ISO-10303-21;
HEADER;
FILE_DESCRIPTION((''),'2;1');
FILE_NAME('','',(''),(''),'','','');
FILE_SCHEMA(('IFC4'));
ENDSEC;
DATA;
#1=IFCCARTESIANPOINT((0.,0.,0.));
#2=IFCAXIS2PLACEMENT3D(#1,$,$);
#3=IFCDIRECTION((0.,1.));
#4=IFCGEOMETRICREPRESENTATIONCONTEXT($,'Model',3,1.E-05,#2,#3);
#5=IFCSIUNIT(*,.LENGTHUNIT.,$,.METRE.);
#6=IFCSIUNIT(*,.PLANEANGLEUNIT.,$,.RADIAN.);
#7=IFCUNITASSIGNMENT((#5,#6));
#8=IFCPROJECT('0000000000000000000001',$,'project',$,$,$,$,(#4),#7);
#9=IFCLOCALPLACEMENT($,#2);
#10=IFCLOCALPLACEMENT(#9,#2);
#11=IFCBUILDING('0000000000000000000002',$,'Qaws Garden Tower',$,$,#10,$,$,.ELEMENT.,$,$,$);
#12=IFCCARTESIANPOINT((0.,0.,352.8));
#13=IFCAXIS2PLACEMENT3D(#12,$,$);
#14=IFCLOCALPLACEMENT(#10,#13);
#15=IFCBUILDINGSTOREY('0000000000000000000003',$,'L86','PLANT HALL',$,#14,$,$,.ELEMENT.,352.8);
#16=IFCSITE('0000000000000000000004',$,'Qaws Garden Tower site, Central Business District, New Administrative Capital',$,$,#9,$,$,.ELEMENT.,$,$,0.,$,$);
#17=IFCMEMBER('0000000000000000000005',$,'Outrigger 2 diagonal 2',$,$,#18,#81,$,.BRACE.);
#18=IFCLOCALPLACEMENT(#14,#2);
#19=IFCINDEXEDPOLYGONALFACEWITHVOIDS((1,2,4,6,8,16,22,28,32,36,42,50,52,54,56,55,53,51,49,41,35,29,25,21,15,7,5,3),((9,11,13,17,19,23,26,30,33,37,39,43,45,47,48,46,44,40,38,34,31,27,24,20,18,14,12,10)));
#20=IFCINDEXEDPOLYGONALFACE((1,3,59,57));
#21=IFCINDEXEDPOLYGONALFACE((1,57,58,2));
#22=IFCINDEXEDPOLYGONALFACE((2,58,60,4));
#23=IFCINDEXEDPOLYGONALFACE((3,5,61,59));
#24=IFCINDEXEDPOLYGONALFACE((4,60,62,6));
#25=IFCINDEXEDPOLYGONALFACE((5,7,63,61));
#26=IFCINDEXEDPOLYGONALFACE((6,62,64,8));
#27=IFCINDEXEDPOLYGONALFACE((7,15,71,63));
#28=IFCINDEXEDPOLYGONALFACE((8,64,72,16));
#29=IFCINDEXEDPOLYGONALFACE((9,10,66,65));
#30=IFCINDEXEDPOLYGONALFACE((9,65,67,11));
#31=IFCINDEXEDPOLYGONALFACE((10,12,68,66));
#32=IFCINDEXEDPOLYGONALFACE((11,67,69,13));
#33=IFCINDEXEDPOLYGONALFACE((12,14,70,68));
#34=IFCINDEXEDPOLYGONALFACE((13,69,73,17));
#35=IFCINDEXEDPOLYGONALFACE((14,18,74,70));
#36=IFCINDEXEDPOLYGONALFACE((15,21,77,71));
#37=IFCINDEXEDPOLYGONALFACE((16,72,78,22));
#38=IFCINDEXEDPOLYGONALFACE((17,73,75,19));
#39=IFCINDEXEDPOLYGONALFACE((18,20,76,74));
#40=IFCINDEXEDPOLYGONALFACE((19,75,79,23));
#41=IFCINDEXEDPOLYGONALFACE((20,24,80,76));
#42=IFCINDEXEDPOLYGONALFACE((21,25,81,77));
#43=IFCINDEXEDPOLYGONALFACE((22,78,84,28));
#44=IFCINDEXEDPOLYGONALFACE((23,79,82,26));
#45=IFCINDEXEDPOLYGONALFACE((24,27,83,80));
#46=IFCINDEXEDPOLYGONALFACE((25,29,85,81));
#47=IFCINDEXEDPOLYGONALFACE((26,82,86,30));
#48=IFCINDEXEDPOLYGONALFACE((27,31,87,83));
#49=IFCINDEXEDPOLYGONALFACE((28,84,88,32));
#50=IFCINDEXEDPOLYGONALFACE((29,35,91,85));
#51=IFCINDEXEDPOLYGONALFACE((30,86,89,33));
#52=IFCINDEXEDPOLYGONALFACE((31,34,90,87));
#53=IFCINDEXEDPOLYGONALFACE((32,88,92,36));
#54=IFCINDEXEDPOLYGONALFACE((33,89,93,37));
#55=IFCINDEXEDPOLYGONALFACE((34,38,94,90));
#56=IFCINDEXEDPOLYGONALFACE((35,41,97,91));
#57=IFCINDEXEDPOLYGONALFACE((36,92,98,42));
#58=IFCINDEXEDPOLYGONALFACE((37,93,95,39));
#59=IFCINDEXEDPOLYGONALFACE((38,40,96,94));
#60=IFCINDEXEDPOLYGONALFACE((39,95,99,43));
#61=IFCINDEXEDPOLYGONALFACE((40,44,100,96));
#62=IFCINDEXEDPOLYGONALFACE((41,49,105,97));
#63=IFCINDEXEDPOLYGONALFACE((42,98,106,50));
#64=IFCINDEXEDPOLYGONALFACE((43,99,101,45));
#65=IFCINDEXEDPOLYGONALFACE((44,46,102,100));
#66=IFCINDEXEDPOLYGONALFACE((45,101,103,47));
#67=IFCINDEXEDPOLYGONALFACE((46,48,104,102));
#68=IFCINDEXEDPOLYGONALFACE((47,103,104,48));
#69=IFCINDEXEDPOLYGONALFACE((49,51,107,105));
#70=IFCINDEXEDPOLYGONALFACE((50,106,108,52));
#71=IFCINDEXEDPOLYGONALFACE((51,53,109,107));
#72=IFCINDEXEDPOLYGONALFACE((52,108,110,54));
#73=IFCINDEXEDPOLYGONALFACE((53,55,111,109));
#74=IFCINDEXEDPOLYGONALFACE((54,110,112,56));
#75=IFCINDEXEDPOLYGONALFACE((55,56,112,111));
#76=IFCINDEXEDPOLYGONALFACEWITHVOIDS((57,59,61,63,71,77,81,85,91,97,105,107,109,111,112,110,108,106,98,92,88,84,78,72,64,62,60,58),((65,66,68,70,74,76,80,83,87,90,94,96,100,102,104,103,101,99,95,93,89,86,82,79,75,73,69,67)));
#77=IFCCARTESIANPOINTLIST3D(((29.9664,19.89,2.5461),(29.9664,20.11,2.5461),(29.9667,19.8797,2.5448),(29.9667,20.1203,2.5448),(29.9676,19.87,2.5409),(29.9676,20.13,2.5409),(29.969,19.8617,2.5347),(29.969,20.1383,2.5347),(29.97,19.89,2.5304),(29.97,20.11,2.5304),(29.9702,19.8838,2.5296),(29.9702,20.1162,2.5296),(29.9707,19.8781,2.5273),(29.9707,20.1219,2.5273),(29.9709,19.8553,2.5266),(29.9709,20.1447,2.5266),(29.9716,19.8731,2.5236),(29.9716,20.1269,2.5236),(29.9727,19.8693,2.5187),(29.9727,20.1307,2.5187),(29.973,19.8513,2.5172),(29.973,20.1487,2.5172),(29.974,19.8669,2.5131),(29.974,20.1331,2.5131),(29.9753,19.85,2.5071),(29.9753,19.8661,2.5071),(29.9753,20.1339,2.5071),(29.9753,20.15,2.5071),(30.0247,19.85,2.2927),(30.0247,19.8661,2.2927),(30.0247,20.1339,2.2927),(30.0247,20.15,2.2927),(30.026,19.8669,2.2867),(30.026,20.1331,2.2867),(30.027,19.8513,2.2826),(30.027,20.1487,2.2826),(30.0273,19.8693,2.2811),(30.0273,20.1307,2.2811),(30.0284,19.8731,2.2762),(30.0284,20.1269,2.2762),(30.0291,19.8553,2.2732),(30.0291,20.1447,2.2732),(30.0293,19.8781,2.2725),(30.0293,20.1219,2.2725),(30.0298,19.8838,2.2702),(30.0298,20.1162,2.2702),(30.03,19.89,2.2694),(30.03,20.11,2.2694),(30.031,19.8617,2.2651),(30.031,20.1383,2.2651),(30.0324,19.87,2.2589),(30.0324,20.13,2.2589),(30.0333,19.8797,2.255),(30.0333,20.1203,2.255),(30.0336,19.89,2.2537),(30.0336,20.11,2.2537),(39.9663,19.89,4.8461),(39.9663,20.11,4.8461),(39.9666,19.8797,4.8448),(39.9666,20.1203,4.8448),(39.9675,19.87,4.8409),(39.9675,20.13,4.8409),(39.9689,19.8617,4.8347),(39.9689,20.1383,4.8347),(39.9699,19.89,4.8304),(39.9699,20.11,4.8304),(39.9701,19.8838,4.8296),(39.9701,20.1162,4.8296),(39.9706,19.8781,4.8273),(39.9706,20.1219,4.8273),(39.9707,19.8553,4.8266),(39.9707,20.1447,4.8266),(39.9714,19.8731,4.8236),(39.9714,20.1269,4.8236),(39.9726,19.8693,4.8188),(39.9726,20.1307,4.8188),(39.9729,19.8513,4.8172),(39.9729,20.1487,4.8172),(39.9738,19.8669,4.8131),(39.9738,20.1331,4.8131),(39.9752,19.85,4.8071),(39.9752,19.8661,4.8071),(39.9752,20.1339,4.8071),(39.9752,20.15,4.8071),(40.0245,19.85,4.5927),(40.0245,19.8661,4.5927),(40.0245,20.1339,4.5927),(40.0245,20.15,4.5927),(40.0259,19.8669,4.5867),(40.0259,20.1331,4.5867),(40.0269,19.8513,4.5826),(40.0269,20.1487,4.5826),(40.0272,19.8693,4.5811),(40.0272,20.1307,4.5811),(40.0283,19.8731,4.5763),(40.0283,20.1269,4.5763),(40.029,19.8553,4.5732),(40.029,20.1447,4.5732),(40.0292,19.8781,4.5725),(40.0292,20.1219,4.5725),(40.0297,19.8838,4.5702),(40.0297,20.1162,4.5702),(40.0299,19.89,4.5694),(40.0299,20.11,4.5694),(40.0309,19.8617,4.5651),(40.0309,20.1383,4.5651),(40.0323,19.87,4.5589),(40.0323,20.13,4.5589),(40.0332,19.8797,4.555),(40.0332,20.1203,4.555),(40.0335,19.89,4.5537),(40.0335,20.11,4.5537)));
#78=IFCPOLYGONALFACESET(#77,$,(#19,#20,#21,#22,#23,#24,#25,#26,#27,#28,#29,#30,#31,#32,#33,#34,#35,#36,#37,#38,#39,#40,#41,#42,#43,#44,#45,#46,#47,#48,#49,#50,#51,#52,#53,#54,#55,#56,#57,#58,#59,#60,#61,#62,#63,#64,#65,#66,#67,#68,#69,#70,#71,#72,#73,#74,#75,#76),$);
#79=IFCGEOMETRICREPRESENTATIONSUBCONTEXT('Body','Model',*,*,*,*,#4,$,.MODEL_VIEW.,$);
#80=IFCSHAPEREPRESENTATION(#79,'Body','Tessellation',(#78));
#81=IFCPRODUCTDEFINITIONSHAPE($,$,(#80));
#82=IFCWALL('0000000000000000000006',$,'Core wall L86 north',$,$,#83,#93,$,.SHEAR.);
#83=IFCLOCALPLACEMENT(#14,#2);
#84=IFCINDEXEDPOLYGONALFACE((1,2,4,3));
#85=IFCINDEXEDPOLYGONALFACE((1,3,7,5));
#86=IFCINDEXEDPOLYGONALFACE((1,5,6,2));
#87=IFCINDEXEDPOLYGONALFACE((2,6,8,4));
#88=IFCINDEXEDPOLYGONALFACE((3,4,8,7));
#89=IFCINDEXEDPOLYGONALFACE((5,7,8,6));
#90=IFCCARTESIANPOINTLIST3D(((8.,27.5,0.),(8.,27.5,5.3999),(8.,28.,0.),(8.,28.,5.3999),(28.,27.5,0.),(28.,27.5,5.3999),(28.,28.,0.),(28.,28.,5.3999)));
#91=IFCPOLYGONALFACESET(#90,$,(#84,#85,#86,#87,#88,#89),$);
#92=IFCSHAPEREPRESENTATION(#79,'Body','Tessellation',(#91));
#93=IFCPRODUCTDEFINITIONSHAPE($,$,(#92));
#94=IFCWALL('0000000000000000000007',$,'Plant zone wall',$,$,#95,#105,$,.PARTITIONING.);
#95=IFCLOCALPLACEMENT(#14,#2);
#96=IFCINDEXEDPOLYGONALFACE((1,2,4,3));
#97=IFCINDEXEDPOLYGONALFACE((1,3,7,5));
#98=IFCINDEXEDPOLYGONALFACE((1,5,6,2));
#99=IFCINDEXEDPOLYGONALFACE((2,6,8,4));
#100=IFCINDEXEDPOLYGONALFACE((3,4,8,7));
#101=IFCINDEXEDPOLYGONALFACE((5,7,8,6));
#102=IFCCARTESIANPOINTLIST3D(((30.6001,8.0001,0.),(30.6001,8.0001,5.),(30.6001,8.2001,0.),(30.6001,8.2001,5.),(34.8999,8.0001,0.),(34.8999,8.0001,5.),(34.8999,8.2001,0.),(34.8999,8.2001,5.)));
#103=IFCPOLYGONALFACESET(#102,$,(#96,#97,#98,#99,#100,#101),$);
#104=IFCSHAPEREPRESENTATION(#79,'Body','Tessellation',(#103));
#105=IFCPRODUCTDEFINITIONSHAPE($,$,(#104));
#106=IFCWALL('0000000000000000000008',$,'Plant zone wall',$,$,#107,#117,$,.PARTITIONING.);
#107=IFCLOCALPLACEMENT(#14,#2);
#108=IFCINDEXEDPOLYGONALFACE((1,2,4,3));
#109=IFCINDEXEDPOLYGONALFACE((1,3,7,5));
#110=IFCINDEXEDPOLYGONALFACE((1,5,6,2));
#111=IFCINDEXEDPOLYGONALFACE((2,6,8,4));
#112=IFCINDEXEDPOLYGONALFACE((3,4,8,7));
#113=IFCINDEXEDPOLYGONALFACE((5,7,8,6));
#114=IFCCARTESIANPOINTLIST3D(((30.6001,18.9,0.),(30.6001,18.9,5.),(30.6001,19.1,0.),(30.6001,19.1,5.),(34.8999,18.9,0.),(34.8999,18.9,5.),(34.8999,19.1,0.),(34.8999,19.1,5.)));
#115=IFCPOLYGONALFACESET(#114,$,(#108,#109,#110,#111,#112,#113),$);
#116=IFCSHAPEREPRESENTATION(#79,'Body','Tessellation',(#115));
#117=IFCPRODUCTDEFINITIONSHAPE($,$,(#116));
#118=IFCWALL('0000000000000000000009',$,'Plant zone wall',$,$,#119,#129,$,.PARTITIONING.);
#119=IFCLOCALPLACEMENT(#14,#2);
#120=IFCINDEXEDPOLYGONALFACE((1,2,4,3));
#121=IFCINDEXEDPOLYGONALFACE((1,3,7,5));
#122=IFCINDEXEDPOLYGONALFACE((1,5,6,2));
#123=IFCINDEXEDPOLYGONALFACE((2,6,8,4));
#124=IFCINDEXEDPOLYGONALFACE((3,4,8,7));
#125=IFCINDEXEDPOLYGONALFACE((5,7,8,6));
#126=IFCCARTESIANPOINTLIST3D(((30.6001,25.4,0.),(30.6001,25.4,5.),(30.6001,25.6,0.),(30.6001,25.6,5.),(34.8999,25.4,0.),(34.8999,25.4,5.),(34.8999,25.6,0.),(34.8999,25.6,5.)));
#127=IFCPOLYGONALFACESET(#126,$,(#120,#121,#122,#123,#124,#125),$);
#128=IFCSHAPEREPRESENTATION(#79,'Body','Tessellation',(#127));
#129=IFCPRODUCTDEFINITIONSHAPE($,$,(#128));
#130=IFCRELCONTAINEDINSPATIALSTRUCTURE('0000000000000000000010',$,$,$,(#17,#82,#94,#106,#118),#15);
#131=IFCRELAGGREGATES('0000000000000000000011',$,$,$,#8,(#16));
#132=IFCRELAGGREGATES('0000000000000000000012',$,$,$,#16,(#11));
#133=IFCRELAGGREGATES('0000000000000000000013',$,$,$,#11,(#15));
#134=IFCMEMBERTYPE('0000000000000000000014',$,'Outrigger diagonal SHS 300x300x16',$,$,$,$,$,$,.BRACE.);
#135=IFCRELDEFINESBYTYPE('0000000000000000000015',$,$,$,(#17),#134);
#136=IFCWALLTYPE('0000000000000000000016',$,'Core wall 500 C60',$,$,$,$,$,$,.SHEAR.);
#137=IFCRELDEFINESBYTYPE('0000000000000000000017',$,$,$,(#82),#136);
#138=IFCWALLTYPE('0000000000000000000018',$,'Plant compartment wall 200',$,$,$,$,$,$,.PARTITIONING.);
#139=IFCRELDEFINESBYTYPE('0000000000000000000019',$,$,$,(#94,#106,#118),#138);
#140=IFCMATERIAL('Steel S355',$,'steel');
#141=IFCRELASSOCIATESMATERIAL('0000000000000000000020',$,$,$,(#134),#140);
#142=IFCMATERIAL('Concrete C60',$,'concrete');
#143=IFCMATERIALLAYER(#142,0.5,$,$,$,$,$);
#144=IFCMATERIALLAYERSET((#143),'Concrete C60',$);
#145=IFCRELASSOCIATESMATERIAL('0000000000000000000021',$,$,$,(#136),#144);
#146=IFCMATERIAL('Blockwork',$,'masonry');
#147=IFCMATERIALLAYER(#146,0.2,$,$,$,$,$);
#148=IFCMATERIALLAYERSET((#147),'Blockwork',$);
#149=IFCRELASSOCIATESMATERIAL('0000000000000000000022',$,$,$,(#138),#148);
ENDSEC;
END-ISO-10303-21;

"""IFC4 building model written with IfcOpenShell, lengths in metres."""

from ifc_helpers import new_model, si_unit, direction, frame, frame_2d, origin, origin_2d, place, context, subcontext, project, spatial, rectangle, hollow_rectangle, extrude, material, layer, layer_set, material_profile, profile_set, type_object, element, save


model = new_model("IFC4")

# Units and contexts
model_context = context("Model", 3, precision=1e-05, world=origin(), true_north=direction((0.0, 1.0)))
body_context = subcontext(model_context, "Body", "Model", "MODEL_VIEW")
ifc_project = project(units=[si_unit("LENGTHUNIT", "METRE"), si_unit("PLANEANGLEUNIT", "RADIAN")], contexts=[model_context])

# Site, building, storey
site_placement = place(None, origin())
site = spatial("IfcSite", under=ifc_project, at=site_placement, Name="Qaws Garden Tower site, Central Business District, New Administrative Capital", CompositionType="ELEMENT", RefElevation=0.0)
building_placement = place(site_placement, origin())
building = spatial("IfcBuilding", under=site, at=building_placement, Name="Qaws Garden Tower", CompositionType="ELEMENT")
storey_placement = place(building_placement, frame((0.0, 0.0, 352.8)))
storey = spatial("IfcBuildingStorey", under=building, at=storey_placement, Name="L86", Description="PLANT HALL", CompositionType="ELEMENT", Elevation=352.8)

# Member
ifc_material_1 = material(Name="Steel S355", Category="steel")
ifc_material_profile_1 = material_profile(ifc_material_1, hollow_rectangle(XDim=0.3, YDim=0.3, WallThickness=0.0161, InnerFilletRadius=0.0239, OuterFilletRadius=0.04, at=origin_2d()), Name="SHS 300x300x16")
ifc_profile_set_1 = profile_set([ifc_material_profile_1], Name="Steel S355")
member_type_1 = type_object("IfcMemberType", Name="Outrigger diagonal SHS 300x300x16", PredefinedType="BRACE", material=ifc_profile_set_1)
for number, where, z_axis, x_axis, name in (
    (1, (30.0, 20.0, 2.3999), (0.974554, 0.0, 0.224152), (0.0, 1.0, 0.0), "Outrigger 2 diagonal 2"),
):
    element("IfcMember", number, at=place(storey_placement, frame(where, z_axis=z_axis, x_axis=x_axis)), inside=storey, type_object=member_type_1, Name=name, PredefinedType="BRACE", context=body_context, shape_type="SweptSolid", body=[
        extrude(hollow_rectangle(XDim=0.3, YDim=0.3, WallThickness=0.0161, InnerFilletRadius=0.0239, OuterFilletRadius=0.04, at=origin_2d()), origin(), (0.0, 0.0, 1.0), 10.261),
    ])

# Walls
ifc_material_2 = material(Name="Concrete C60", Category="concrete")
ifc_layer_1 = layer(ifc_material_2, 0.5)
ifc_layer_set_1 = layer_set([ifc_layer_1], Name="Concrete C60")
wall_type_1 = type_object("IfcWallType", Name="Core wall 500 C60", PredefinedType="SHEAR", material=ifc_layer_set_1)
wall_1_placement = place(storey_placement, frame((28.0, 27.75, 0.0), z_axis=(0.0, 0.0, 1.0), x_axis=(-1.0, 0.0, 0.0)))
element("IfcWall", 2, at=wall_1_placement, inside=storey, type_object=wall_type_1, Name="Core wall L86 north", PredefinedType="SHEAR", context=body_context, shape_type="SweptSolid", body=[
    extrude(rectangle(XDim=20.0, YDim=0.5, at=frame_2d((10.0, 0.0))), origin(), (0.0, 0.0, 1.0), 5.3999),
])
ifc_material_3 = material(Name="Blockwork", Category="masonry")
ifc_layer_2 = layer(ifc_material_3, 0.2)
ifc_layer_set_2 = layer_set([ifc_layer_2], Name="Blockwork")
wall_type_2 = type_object("IfcWallType", Name="Plant compartment wall 200", PredefinedType="PARTITIONING", material=ifc_layer_set_2)
for number, where, z_axis, x_axis, name in (
    (3, (30.6001, 8.1001, 0.0), (0.0, 0.0, 1.0), (1.0, 0.0, 0.0), "Plant zone wall"),
    (4, (30.6001, 19.0, 0.0), (0.0, 0.0, 1.0), (1.0, 0.0, 0.0), "Plant zone wall"),
    (5, (30.6001, 25.5, 0.0), (0.0, 0.0, 1.0), (1.0, 0.0, 0.0), "Plant zone wall"),
):
    element("IfcWall", number, at=place(storey_placement, frame(where, z_axis=z_axis, x_axis=x_axis)), inside=storey, type_object=wall_type_2, Name=name, PredefinedType="PARTITIONING", context=body_context, shape_type="SweptSolid", body=[
        extrude(rectangle(XDim=4.2998, YDim=0.2, at=frame_2d((2.1499, 0.0))), origin(), (0.0, 0.0, 1.0), 5.0),
    ])

save(model, "model.ifc")
